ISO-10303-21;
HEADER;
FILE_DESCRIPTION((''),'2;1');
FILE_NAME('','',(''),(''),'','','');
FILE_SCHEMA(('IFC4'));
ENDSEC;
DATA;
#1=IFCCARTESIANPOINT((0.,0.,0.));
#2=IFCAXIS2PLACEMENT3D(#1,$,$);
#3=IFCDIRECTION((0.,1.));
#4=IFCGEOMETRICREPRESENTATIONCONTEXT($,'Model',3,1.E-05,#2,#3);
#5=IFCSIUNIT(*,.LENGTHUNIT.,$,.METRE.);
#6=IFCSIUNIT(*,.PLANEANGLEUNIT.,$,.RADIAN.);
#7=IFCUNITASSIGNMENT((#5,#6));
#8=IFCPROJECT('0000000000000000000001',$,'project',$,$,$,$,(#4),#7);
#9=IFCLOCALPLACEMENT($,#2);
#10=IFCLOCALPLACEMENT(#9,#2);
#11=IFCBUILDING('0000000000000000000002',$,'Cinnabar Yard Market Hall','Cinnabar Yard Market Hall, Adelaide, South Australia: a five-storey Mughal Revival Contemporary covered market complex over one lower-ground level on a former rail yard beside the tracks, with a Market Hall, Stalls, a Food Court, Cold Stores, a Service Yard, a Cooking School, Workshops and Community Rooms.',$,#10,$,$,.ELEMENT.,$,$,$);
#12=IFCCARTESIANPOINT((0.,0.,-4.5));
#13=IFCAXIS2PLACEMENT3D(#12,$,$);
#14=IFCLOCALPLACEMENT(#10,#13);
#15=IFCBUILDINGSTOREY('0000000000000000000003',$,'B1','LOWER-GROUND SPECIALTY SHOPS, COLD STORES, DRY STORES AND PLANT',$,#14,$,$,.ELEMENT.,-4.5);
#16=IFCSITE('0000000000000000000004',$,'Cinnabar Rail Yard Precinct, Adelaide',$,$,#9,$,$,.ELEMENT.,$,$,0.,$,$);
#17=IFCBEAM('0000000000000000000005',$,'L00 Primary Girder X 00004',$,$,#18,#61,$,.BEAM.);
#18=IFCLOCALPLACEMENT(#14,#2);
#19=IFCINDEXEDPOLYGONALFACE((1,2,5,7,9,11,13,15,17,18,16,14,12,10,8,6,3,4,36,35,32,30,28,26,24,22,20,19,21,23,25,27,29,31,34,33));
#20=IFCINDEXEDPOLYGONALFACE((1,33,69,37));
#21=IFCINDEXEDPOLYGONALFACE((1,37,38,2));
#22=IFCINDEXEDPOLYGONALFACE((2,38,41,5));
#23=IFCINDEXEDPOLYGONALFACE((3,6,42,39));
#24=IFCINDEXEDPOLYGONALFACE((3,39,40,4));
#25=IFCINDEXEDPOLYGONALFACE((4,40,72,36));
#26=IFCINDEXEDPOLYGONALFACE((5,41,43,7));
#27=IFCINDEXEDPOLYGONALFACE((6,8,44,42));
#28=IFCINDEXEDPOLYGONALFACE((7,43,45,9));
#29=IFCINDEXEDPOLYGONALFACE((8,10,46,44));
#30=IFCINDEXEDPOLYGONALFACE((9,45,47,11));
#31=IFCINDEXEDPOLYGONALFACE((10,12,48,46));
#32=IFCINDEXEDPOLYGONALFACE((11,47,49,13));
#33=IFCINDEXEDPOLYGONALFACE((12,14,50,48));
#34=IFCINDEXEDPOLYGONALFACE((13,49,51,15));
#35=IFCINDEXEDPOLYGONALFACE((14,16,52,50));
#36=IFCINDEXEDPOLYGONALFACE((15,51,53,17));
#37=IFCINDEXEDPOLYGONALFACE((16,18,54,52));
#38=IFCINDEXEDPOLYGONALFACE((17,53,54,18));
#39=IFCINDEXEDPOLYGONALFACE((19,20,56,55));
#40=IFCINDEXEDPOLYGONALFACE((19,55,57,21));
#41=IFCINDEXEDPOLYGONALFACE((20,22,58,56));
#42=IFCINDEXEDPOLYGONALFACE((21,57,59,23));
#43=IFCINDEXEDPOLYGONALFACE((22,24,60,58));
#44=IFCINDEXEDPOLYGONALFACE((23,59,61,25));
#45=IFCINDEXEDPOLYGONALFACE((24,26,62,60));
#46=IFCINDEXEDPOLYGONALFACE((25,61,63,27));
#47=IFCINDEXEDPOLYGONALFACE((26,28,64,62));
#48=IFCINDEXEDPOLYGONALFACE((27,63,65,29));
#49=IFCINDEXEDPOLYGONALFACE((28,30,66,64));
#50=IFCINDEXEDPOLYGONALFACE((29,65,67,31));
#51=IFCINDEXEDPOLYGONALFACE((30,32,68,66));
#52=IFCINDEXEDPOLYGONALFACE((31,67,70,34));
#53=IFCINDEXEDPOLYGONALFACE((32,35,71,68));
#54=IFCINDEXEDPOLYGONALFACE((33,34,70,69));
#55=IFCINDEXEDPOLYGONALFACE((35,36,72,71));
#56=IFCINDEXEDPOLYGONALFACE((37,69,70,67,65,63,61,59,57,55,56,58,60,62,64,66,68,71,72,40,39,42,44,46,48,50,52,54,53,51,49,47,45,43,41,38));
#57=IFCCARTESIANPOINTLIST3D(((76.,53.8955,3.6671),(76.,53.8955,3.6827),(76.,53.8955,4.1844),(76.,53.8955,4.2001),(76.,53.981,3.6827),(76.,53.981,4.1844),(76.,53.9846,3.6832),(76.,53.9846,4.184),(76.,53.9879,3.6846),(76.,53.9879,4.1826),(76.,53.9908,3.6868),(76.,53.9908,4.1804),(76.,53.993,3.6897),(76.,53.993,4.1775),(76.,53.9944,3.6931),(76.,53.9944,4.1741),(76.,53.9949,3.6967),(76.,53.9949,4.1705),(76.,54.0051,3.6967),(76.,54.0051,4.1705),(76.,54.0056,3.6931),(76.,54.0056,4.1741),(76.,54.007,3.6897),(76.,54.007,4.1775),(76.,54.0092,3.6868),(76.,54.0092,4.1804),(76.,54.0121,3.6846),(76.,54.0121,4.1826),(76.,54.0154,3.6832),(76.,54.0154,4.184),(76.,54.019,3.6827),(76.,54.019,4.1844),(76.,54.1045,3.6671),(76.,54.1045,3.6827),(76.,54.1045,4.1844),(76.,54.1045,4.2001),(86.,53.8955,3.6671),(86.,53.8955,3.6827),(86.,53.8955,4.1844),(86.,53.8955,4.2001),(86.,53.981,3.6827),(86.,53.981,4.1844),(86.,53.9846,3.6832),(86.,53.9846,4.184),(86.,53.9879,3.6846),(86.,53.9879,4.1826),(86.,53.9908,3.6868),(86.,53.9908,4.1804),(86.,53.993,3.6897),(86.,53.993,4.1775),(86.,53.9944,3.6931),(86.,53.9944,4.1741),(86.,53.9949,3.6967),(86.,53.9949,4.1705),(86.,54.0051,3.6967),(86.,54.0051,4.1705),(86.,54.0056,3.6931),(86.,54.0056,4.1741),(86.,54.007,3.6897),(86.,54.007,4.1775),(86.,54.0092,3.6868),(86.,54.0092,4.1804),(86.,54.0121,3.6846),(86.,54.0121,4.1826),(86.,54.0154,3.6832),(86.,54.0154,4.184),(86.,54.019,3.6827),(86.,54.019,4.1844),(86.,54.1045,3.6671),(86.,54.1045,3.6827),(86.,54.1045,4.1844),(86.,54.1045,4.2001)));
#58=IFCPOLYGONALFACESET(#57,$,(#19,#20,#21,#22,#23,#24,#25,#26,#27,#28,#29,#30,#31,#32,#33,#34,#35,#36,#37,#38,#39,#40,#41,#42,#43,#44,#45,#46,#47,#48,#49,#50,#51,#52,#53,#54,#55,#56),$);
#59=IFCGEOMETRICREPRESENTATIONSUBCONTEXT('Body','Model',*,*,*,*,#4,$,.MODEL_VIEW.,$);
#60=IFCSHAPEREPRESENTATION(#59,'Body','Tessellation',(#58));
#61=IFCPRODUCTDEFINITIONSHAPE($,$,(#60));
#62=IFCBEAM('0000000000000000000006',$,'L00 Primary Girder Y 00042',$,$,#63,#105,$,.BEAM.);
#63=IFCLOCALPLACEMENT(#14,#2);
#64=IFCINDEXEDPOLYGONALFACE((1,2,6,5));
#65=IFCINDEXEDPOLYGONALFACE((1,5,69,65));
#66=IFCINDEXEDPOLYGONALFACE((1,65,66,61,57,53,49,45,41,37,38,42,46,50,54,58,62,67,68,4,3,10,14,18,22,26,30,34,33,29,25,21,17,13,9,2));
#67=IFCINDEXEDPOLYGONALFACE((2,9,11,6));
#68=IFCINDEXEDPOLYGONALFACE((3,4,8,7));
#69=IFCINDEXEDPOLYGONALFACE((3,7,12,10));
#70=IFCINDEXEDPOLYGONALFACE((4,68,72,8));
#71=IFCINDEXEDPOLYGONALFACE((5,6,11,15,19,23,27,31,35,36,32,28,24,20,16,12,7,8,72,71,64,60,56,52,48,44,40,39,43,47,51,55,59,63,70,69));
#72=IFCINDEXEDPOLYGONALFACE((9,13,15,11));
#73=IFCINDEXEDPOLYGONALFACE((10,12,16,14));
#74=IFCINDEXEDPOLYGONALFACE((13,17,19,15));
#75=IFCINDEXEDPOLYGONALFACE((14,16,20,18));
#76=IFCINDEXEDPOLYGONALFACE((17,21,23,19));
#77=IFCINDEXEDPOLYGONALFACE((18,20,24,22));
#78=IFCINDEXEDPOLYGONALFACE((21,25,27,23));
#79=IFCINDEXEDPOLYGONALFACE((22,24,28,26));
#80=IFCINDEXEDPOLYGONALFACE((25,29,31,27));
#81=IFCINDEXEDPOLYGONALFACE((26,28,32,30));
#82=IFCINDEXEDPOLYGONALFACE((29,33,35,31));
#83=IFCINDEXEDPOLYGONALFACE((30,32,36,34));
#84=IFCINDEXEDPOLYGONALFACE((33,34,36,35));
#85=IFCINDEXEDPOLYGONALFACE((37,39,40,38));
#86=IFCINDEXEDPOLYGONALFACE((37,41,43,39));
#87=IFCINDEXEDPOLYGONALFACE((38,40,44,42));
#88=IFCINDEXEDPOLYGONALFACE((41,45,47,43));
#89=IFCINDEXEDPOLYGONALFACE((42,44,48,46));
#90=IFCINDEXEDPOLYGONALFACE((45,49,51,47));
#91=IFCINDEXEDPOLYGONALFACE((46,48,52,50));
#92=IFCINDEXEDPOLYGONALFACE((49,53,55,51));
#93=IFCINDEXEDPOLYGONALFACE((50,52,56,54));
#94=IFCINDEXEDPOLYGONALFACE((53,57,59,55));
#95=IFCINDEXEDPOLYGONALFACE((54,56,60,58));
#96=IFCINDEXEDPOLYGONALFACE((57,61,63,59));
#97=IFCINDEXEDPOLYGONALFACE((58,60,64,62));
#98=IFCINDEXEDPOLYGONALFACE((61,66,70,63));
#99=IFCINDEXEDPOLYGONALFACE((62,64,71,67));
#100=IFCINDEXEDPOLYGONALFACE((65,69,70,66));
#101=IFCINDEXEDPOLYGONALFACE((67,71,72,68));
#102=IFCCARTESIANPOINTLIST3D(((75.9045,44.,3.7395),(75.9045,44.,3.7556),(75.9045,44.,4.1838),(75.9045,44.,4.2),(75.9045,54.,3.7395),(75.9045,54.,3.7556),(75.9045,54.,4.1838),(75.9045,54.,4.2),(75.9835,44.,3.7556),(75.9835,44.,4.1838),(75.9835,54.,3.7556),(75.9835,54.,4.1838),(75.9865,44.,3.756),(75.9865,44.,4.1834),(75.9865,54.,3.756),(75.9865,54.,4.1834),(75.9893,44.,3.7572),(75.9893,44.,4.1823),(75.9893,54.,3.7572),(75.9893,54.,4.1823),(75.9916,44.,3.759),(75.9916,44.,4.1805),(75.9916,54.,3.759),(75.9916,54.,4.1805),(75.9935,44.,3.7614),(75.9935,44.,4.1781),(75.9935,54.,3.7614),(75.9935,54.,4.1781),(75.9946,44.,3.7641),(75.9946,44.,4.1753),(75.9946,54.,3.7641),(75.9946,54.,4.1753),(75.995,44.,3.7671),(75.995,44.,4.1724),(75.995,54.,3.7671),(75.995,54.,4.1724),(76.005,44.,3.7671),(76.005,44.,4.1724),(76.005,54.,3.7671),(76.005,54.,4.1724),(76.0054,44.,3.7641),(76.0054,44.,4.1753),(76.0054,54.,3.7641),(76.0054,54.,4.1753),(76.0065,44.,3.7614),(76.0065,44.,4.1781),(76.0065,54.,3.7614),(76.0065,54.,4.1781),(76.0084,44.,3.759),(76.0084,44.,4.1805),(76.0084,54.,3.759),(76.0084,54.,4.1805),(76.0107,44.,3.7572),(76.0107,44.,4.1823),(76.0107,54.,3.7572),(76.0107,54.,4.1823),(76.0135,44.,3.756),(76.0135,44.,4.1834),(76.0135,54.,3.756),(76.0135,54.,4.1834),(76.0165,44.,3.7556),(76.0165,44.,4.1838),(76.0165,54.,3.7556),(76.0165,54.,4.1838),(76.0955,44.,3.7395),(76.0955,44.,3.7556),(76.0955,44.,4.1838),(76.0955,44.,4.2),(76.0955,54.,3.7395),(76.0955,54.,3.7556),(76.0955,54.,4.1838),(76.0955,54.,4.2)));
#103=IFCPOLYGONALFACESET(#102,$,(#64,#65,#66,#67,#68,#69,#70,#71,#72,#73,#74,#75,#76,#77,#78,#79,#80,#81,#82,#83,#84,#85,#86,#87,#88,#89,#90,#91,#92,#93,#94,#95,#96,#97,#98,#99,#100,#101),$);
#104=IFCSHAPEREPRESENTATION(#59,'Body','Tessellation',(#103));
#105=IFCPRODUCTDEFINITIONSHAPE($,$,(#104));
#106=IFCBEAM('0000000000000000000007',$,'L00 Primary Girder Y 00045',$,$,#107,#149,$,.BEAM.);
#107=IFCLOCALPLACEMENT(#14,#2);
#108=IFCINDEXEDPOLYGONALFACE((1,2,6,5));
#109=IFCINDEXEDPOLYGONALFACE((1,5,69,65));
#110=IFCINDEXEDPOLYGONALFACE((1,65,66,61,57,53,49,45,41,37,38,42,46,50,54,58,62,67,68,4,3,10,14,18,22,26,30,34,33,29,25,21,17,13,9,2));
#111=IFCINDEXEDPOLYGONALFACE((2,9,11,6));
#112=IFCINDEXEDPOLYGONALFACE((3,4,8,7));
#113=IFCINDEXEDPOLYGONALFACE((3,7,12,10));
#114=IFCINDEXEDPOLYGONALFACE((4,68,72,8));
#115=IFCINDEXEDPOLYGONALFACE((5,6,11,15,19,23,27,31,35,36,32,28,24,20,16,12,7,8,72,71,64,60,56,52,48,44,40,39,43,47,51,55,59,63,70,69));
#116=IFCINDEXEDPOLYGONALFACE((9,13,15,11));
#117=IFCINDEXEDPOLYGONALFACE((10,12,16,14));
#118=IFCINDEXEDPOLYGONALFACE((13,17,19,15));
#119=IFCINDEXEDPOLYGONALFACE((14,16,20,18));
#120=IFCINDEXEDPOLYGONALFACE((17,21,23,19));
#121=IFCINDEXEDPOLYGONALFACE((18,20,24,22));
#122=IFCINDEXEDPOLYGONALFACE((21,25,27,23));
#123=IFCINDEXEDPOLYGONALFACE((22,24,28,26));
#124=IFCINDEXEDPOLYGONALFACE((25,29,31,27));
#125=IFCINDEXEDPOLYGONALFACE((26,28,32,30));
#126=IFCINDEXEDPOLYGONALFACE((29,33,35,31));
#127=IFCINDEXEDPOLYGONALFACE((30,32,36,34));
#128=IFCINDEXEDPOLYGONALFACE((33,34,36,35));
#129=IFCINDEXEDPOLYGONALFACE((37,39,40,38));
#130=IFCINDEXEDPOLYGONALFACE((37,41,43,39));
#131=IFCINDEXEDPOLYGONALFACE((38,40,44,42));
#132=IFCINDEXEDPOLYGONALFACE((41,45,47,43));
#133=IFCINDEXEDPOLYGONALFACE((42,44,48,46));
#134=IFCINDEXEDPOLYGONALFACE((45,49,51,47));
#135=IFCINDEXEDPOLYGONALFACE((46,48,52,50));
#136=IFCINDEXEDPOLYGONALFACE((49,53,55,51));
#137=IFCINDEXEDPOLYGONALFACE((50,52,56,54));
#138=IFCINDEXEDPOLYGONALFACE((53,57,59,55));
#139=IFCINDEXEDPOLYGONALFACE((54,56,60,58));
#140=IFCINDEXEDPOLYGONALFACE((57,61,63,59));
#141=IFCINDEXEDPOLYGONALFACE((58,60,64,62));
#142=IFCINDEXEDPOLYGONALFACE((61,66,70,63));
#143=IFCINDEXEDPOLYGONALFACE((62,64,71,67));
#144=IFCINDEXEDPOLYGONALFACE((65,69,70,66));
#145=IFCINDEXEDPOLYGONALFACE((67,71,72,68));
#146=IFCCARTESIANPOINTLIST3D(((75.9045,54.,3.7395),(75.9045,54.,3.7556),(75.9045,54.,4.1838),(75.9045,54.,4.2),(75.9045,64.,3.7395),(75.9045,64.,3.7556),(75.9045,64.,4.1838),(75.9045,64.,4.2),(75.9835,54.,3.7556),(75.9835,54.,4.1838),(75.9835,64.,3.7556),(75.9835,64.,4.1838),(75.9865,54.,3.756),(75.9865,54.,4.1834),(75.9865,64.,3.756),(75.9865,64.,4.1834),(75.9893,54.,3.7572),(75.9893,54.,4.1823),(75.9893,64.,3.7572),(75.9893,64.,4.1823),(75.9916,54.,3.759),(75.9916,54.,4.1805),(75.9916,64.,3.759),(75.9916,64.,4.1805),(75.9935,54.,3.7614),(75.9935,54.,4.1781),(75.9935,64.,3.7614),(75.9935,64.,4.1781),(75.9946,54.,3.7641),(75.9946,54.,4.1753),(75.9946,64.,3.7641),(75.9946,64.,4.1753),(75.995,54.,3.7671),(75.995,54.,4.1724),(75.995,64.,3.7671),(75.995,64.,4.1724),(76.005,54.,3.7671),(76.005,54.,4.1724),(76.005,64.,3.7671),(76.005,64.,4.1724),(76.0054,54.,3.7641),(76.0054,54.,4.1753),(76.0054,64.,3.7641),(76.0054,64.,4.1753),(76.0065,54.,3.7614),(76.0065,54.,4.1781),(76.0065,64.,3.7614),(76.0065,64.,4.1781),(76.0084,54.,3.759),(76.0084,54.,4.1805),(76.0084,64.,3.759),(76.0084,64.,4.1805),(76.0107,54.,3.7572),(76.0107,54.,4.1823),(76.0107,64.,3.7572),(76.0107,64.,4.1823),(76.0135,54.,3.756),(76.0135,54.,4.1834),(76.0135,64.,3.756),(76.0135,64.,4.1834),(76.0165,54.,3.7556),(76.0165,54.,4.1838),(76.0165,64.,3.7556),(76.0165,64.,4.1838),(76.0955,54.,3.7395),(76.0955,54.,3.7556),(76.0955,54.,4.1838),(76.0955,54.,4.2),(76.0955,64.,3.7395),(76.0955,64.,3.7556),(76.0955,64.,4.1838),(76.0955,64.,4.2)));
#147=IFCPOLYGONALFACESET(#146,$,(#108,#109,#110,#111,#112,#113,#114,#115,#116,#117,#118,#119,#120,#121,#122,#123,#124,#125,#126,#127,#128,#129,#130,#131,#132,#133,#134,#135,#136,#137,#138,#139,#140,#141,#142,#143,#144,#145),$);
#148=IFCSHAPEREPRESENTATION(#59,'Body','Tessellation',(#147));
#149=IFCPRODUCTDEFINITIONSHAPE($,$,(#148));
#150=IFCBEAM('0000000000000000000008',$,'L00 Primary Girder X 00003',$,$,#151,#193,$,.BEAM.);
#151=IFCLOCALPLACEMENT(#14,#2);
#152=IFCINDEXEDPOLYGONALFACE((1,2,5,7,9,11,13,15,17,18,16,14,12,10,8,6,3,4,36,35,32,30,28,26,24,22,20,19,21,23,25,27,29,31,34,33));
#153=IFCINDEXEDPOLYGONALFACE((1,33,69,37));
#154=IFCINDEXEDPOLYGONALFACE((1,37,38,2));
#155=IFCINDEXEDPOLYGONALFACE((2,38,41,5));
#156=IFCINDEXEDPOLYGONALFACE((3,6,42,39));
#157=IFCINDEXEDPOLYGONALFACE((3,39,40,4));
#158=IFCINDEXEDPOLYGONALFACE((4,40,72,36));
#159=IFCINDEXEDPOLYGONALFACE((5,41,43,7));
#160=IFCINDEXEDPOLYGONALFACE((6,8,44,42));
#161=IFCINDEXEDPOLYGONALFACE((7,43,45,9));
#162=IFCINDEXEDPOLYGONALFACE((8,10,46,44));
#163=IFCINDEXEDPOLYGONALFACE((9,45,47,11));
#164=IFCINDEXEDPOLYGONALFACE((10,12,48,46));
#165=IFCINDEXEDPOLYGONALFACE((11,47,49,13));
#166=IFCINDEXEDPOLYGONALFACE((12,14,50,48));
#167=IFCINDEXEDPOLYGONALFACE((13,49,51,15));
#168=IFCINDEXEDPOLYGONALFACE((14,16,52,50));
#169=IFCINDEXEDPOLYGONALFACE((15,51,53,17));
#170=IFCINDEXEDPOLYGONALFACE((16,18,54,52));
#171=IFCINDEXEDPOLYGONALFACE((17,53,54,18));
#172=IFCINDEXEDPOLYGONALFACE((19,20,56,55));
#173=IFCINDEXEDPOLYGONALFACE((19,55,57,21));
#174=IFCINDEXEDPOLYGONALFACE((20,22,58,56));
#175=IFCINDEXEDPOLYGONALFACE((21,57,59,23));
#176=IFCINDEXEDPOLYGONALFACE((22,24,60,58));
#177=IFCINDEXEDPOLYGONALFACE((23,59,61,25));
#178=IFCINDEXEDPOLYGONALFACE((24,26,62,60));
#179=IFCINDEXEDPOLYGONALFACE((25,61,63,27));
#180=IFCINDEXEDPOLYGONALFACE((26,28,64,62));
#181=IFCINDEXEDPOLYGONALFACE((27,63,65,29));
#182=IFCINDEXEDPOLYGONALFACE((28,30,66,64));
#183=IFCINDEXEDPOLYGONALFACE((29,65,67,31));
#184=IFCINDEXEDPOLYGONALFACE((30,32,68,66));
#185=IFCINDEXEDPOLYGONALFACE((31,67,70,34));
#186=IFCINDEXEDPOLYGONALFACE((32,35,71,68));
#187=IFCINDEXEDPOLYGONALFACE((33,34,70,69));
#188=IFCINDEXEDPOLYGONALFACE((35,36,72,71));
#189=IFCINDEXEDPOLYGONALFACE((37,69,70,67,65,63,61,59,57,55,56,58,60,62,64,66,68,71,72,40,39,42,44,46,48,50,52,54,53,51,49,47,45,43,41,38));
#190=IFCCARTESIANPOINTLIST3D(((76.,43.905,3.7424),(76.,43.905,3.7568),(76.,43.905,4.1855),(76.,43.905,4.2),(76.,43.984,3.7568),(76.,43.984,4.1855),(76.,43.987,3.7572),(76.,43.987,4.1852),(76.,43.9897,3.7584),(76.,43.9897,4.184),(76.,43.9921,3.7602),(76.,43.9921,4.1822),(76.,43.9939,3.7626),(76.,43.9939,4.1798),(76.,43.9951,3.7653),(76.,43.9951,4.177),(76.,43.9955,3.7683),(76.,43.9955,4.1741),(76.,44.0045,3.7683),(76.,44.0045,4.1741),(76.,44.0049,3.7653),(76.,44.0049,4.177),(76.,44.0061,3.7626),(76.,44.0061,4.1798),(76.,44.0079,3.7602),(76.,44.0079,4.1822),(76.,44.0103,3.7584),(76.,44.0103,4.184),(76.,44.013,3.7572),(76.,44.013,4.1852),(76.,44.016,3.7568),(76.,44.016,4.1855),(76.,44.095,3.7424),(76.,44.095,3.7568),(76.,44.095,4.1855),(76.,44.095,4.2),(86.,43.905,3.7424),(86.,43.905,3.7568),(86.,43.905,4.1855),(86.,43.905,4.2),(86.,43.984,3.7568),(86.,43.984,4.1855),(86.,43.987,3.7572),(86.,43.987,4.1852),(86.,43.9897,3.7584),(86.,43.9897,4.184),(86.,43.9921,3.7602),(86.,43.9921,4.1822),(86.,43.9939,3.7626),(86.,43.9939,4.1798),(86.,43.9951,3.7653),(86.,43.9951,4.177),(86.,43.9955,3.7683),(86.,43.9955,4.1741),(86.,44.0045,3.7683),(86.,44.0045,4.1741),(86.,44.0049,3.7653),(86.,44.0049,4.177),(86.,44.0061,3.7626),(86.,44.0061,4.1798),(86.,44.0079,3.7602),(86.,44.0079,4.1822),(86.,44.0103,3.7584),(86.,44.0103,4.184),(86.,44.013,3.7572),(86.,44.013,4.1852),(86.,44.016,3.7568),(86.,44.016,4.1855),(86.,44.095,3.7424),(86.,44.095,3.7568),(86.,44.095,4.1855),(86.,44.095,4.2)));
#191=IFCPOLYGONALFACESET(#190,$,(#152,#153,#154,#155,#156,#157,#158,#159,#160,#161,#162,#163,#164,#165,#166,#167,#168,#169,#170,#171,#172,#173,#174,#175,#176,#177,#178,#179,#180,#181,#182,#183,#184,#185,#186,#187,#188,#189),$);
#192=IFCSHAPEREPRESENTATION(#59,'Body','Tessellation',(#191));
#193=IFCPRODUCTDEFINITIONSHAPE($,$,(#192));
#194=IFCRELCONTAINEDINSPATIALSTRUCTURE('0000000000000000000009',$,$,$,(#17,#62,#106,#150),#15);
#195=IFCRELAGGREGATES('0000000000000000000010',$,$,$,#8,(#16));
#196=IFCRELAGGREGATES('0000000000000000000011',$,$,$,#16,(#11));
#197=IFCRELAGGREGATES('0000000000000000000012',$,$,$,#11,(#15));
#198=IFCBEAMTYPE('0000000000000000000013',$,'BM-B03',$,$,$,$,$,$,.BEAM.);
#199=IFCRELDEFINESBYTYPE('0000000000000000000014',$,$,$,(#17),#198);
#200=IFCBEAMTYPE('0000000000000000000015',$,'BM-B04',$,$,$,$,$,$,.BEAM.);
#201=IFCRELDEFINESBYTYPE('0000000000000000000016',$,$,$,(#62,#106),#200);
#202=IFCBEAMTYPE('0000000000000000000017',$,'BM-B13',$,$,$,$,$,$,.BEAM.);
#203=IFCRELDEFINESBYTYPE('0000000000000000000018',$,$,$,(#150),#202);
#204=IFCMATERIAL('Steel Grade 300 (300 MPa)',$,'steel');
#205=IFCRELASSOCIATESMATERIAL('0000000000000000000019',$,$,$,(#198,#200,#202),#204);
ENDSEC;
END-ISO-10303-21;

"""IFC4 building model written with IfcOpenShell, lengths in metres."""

from ifc_helpers import new_model, si_unit, direction, frame, origin, origin_2d_with_axis, place, context, subcontext, project, spatial, i_section, extrude, material, material_profile, profile_set, type_object, element, save


model = new_model("IFC4")

# Units and contexts
model_context = context("Model", 3, precision=1e-05, world=origin(), true_north=direction((0.0, 1.0)))
body_context = subcontext(model_context, "Body", "Model", "MODEL_VIEW")
ifc_project = project(units=[si_unit("LENGTHUNIT", "METRE"), si_unit("PLANEANGLEUNIT", "RADIAN")], contexts=[model_context])

# Site, building, storey
site_placement = place(None, origin())
site = spatial("IfcSite", under=ifc_project, at=site_placement, Name="Cinnabar Rail Yard Precinct, Adelaide", CompositionType="ELEMENT", RefElevation=0.0)
building_placement = place(site_placement, origin())
building = spatial("IfcBuilding", under=site, at=building_placement, Name="Cinnabar Yard Market Hall", Description="Cinnabar Yard Market Hall, Adelaide, South Australia: a five-storey Mughal Revival Contemporary covered market complex over one lower-ground level on a former rail yard beside the tracks, with a Market Hall, Stalls, a Food Court, Cold Stores, a Service Yard, a Cooking School, Workshops and Community Rooms.", CompositionType="ELEMENT")
storey_placement = place(building_placement, frame((0.0, 0.0, -4.5)))
storey = spatial("IfcBuildingStorey", under=building, at=storey_placement, Name="B1", Description="LOWER-GROUND SPECIALTY SHOPS, COLD STORES, DRY STORES AND PLANT", CompositionType="ELEMENT", Elevation=-4.5)

# Beams
ifc_material_1 = material(Name="Steel Grade 300 (300 MPa)", Category="steel")
ifc_material_profile_1 = material_profile(ifc_material_1, i_section(OverallWidth=0.209, OverallDepth=0.533, WebThickness=0.0103, FlangeThickness=0.0156, FilletRadius=0.0139, at=origin_2d_with_axis()), Name="530UB92.4")
ifc_profile_set_1 = profile_set([ifc_material_profile_1], Name="Steel Grade 300 (300 MPa)")
beam_type_1 = type_object("IfcBeamType", Name="BM-B03", PredefinedType="BEAM", material=ifc_profile_set_1)
beam_1_placement = place(storey_placement, frame((76.0, 54.0, 3.9336), z_axis=(1.0, 0.0, 0.0), x_axis=(0.0, 1.0, 0.0)))
element("IfcBeam", 1, at=beam_1_placement, inside=storey, type_object=beam_type_1, Name="L00 Primary Girder X 00004", PredefinedType="BEAM", context=body_context, shape_type="SweptSolid", body=[
    extrude(i_section(OverallWidth=0.209, OverallDepth=0.533, WebThickness=0.0103, FlangeThickness=0.0156, FilletRadius=0.0139, at=origin_2d_with_axis()), origin(), (0.0, 0.0, 1.0), 10.0),
])
ifc_material_profile_2 = material_profile(ifc_material_1, i_section(OverallWidth=0.1909, OverallDepth=0.4604, WebThickness=0.01, FlangeThickness=0.0161, FilletRadius=0.0115, at=origin_2d_with_axis()), Name="460UB82.1")
ifc_profile_set_2 = profile_set([ifc_material_profile_2], Name="Steel Grade 300 (300 MPa)")
beam_type_2 = type_object("IfcBeamType", Name="BM-B04", PredefinedType="BEAM", material=ifc_profile_set_2)
for number, where, z_axis, x_axis, name in (
    (2, (76.0, 44.0, 3.9697), (0.0, 1.0, 0.0), (-1.0, 0.0, 0.0), "L00 Primary Girder Y 00042"),
    (3, (76.0, 54.0, 3.9697), (0.0, 1.0, 0.0), (-1.0, 0.0, 0.0), "L00 Primary Girder Y 00045"),
):
    element("IfcBeam", number, at=place(storey_placement, frame(where, z_axis=z_axis, x_axis=x_axis)), inside=storey, type_object=beam_type_2, Name=name, PredefinedType="BEAM", context=body_context, shape_type="SweptSolid", body=[
        extrude(i_section(OverallWidth=0.1909, OverallDepth=0.4604, WebThickness=0.01, FlangeThickness=0.0161, FilletRadius=0.0115, at=origin_2d_with_axis()), origin(), (0.0, 0.0, 1.0), 10.0),
    ])
ifc_material_profile_3 = material_profile(ifc_material_1, i_section(OverallWidth=0.1899, OverallDepth=0.4575, WebThickness=0.009, FlangeThickness=0.0144, FilletRadius=0.0115, at=origin_2d_with_axis()), Name="460UB74.6")
ifc_profile_set_3 = profile_set([ifc_material_profile_3], Name="Steel Grade 300 (300 MPa)")
beam_type_3 = type_object("IfcBeamType", Name="BM-B13", PredefinedType="BEAM", material=ifc_profile_set_3)
beam_2_placement = place(storey_placement, frame((76.0, 44.0, 3.9712), z_axis=(1.0, 0.0, 0.0), x_axis=(0.0, 1.0, 0.0)))
element("IfcBeam", 4, at=beam_2_placement, inside=storey, type_object=beam_type_3, Name="L00 Primary Girder X 00003", PredefinedType="BEAM", context=body_context, shape_type="SweptSolid", body=[
    extrude(i_section(OverallWidth=0.1899, OverallDepth=0.4575, WebThickness=0.009, FlangeThickness=0.0144, FilletRadius=0.0115, at=origin_2d_with_axis()), origin(), (0.0, 0.0, 1.0), 10.0),
])

save(model, "model.ifc")
